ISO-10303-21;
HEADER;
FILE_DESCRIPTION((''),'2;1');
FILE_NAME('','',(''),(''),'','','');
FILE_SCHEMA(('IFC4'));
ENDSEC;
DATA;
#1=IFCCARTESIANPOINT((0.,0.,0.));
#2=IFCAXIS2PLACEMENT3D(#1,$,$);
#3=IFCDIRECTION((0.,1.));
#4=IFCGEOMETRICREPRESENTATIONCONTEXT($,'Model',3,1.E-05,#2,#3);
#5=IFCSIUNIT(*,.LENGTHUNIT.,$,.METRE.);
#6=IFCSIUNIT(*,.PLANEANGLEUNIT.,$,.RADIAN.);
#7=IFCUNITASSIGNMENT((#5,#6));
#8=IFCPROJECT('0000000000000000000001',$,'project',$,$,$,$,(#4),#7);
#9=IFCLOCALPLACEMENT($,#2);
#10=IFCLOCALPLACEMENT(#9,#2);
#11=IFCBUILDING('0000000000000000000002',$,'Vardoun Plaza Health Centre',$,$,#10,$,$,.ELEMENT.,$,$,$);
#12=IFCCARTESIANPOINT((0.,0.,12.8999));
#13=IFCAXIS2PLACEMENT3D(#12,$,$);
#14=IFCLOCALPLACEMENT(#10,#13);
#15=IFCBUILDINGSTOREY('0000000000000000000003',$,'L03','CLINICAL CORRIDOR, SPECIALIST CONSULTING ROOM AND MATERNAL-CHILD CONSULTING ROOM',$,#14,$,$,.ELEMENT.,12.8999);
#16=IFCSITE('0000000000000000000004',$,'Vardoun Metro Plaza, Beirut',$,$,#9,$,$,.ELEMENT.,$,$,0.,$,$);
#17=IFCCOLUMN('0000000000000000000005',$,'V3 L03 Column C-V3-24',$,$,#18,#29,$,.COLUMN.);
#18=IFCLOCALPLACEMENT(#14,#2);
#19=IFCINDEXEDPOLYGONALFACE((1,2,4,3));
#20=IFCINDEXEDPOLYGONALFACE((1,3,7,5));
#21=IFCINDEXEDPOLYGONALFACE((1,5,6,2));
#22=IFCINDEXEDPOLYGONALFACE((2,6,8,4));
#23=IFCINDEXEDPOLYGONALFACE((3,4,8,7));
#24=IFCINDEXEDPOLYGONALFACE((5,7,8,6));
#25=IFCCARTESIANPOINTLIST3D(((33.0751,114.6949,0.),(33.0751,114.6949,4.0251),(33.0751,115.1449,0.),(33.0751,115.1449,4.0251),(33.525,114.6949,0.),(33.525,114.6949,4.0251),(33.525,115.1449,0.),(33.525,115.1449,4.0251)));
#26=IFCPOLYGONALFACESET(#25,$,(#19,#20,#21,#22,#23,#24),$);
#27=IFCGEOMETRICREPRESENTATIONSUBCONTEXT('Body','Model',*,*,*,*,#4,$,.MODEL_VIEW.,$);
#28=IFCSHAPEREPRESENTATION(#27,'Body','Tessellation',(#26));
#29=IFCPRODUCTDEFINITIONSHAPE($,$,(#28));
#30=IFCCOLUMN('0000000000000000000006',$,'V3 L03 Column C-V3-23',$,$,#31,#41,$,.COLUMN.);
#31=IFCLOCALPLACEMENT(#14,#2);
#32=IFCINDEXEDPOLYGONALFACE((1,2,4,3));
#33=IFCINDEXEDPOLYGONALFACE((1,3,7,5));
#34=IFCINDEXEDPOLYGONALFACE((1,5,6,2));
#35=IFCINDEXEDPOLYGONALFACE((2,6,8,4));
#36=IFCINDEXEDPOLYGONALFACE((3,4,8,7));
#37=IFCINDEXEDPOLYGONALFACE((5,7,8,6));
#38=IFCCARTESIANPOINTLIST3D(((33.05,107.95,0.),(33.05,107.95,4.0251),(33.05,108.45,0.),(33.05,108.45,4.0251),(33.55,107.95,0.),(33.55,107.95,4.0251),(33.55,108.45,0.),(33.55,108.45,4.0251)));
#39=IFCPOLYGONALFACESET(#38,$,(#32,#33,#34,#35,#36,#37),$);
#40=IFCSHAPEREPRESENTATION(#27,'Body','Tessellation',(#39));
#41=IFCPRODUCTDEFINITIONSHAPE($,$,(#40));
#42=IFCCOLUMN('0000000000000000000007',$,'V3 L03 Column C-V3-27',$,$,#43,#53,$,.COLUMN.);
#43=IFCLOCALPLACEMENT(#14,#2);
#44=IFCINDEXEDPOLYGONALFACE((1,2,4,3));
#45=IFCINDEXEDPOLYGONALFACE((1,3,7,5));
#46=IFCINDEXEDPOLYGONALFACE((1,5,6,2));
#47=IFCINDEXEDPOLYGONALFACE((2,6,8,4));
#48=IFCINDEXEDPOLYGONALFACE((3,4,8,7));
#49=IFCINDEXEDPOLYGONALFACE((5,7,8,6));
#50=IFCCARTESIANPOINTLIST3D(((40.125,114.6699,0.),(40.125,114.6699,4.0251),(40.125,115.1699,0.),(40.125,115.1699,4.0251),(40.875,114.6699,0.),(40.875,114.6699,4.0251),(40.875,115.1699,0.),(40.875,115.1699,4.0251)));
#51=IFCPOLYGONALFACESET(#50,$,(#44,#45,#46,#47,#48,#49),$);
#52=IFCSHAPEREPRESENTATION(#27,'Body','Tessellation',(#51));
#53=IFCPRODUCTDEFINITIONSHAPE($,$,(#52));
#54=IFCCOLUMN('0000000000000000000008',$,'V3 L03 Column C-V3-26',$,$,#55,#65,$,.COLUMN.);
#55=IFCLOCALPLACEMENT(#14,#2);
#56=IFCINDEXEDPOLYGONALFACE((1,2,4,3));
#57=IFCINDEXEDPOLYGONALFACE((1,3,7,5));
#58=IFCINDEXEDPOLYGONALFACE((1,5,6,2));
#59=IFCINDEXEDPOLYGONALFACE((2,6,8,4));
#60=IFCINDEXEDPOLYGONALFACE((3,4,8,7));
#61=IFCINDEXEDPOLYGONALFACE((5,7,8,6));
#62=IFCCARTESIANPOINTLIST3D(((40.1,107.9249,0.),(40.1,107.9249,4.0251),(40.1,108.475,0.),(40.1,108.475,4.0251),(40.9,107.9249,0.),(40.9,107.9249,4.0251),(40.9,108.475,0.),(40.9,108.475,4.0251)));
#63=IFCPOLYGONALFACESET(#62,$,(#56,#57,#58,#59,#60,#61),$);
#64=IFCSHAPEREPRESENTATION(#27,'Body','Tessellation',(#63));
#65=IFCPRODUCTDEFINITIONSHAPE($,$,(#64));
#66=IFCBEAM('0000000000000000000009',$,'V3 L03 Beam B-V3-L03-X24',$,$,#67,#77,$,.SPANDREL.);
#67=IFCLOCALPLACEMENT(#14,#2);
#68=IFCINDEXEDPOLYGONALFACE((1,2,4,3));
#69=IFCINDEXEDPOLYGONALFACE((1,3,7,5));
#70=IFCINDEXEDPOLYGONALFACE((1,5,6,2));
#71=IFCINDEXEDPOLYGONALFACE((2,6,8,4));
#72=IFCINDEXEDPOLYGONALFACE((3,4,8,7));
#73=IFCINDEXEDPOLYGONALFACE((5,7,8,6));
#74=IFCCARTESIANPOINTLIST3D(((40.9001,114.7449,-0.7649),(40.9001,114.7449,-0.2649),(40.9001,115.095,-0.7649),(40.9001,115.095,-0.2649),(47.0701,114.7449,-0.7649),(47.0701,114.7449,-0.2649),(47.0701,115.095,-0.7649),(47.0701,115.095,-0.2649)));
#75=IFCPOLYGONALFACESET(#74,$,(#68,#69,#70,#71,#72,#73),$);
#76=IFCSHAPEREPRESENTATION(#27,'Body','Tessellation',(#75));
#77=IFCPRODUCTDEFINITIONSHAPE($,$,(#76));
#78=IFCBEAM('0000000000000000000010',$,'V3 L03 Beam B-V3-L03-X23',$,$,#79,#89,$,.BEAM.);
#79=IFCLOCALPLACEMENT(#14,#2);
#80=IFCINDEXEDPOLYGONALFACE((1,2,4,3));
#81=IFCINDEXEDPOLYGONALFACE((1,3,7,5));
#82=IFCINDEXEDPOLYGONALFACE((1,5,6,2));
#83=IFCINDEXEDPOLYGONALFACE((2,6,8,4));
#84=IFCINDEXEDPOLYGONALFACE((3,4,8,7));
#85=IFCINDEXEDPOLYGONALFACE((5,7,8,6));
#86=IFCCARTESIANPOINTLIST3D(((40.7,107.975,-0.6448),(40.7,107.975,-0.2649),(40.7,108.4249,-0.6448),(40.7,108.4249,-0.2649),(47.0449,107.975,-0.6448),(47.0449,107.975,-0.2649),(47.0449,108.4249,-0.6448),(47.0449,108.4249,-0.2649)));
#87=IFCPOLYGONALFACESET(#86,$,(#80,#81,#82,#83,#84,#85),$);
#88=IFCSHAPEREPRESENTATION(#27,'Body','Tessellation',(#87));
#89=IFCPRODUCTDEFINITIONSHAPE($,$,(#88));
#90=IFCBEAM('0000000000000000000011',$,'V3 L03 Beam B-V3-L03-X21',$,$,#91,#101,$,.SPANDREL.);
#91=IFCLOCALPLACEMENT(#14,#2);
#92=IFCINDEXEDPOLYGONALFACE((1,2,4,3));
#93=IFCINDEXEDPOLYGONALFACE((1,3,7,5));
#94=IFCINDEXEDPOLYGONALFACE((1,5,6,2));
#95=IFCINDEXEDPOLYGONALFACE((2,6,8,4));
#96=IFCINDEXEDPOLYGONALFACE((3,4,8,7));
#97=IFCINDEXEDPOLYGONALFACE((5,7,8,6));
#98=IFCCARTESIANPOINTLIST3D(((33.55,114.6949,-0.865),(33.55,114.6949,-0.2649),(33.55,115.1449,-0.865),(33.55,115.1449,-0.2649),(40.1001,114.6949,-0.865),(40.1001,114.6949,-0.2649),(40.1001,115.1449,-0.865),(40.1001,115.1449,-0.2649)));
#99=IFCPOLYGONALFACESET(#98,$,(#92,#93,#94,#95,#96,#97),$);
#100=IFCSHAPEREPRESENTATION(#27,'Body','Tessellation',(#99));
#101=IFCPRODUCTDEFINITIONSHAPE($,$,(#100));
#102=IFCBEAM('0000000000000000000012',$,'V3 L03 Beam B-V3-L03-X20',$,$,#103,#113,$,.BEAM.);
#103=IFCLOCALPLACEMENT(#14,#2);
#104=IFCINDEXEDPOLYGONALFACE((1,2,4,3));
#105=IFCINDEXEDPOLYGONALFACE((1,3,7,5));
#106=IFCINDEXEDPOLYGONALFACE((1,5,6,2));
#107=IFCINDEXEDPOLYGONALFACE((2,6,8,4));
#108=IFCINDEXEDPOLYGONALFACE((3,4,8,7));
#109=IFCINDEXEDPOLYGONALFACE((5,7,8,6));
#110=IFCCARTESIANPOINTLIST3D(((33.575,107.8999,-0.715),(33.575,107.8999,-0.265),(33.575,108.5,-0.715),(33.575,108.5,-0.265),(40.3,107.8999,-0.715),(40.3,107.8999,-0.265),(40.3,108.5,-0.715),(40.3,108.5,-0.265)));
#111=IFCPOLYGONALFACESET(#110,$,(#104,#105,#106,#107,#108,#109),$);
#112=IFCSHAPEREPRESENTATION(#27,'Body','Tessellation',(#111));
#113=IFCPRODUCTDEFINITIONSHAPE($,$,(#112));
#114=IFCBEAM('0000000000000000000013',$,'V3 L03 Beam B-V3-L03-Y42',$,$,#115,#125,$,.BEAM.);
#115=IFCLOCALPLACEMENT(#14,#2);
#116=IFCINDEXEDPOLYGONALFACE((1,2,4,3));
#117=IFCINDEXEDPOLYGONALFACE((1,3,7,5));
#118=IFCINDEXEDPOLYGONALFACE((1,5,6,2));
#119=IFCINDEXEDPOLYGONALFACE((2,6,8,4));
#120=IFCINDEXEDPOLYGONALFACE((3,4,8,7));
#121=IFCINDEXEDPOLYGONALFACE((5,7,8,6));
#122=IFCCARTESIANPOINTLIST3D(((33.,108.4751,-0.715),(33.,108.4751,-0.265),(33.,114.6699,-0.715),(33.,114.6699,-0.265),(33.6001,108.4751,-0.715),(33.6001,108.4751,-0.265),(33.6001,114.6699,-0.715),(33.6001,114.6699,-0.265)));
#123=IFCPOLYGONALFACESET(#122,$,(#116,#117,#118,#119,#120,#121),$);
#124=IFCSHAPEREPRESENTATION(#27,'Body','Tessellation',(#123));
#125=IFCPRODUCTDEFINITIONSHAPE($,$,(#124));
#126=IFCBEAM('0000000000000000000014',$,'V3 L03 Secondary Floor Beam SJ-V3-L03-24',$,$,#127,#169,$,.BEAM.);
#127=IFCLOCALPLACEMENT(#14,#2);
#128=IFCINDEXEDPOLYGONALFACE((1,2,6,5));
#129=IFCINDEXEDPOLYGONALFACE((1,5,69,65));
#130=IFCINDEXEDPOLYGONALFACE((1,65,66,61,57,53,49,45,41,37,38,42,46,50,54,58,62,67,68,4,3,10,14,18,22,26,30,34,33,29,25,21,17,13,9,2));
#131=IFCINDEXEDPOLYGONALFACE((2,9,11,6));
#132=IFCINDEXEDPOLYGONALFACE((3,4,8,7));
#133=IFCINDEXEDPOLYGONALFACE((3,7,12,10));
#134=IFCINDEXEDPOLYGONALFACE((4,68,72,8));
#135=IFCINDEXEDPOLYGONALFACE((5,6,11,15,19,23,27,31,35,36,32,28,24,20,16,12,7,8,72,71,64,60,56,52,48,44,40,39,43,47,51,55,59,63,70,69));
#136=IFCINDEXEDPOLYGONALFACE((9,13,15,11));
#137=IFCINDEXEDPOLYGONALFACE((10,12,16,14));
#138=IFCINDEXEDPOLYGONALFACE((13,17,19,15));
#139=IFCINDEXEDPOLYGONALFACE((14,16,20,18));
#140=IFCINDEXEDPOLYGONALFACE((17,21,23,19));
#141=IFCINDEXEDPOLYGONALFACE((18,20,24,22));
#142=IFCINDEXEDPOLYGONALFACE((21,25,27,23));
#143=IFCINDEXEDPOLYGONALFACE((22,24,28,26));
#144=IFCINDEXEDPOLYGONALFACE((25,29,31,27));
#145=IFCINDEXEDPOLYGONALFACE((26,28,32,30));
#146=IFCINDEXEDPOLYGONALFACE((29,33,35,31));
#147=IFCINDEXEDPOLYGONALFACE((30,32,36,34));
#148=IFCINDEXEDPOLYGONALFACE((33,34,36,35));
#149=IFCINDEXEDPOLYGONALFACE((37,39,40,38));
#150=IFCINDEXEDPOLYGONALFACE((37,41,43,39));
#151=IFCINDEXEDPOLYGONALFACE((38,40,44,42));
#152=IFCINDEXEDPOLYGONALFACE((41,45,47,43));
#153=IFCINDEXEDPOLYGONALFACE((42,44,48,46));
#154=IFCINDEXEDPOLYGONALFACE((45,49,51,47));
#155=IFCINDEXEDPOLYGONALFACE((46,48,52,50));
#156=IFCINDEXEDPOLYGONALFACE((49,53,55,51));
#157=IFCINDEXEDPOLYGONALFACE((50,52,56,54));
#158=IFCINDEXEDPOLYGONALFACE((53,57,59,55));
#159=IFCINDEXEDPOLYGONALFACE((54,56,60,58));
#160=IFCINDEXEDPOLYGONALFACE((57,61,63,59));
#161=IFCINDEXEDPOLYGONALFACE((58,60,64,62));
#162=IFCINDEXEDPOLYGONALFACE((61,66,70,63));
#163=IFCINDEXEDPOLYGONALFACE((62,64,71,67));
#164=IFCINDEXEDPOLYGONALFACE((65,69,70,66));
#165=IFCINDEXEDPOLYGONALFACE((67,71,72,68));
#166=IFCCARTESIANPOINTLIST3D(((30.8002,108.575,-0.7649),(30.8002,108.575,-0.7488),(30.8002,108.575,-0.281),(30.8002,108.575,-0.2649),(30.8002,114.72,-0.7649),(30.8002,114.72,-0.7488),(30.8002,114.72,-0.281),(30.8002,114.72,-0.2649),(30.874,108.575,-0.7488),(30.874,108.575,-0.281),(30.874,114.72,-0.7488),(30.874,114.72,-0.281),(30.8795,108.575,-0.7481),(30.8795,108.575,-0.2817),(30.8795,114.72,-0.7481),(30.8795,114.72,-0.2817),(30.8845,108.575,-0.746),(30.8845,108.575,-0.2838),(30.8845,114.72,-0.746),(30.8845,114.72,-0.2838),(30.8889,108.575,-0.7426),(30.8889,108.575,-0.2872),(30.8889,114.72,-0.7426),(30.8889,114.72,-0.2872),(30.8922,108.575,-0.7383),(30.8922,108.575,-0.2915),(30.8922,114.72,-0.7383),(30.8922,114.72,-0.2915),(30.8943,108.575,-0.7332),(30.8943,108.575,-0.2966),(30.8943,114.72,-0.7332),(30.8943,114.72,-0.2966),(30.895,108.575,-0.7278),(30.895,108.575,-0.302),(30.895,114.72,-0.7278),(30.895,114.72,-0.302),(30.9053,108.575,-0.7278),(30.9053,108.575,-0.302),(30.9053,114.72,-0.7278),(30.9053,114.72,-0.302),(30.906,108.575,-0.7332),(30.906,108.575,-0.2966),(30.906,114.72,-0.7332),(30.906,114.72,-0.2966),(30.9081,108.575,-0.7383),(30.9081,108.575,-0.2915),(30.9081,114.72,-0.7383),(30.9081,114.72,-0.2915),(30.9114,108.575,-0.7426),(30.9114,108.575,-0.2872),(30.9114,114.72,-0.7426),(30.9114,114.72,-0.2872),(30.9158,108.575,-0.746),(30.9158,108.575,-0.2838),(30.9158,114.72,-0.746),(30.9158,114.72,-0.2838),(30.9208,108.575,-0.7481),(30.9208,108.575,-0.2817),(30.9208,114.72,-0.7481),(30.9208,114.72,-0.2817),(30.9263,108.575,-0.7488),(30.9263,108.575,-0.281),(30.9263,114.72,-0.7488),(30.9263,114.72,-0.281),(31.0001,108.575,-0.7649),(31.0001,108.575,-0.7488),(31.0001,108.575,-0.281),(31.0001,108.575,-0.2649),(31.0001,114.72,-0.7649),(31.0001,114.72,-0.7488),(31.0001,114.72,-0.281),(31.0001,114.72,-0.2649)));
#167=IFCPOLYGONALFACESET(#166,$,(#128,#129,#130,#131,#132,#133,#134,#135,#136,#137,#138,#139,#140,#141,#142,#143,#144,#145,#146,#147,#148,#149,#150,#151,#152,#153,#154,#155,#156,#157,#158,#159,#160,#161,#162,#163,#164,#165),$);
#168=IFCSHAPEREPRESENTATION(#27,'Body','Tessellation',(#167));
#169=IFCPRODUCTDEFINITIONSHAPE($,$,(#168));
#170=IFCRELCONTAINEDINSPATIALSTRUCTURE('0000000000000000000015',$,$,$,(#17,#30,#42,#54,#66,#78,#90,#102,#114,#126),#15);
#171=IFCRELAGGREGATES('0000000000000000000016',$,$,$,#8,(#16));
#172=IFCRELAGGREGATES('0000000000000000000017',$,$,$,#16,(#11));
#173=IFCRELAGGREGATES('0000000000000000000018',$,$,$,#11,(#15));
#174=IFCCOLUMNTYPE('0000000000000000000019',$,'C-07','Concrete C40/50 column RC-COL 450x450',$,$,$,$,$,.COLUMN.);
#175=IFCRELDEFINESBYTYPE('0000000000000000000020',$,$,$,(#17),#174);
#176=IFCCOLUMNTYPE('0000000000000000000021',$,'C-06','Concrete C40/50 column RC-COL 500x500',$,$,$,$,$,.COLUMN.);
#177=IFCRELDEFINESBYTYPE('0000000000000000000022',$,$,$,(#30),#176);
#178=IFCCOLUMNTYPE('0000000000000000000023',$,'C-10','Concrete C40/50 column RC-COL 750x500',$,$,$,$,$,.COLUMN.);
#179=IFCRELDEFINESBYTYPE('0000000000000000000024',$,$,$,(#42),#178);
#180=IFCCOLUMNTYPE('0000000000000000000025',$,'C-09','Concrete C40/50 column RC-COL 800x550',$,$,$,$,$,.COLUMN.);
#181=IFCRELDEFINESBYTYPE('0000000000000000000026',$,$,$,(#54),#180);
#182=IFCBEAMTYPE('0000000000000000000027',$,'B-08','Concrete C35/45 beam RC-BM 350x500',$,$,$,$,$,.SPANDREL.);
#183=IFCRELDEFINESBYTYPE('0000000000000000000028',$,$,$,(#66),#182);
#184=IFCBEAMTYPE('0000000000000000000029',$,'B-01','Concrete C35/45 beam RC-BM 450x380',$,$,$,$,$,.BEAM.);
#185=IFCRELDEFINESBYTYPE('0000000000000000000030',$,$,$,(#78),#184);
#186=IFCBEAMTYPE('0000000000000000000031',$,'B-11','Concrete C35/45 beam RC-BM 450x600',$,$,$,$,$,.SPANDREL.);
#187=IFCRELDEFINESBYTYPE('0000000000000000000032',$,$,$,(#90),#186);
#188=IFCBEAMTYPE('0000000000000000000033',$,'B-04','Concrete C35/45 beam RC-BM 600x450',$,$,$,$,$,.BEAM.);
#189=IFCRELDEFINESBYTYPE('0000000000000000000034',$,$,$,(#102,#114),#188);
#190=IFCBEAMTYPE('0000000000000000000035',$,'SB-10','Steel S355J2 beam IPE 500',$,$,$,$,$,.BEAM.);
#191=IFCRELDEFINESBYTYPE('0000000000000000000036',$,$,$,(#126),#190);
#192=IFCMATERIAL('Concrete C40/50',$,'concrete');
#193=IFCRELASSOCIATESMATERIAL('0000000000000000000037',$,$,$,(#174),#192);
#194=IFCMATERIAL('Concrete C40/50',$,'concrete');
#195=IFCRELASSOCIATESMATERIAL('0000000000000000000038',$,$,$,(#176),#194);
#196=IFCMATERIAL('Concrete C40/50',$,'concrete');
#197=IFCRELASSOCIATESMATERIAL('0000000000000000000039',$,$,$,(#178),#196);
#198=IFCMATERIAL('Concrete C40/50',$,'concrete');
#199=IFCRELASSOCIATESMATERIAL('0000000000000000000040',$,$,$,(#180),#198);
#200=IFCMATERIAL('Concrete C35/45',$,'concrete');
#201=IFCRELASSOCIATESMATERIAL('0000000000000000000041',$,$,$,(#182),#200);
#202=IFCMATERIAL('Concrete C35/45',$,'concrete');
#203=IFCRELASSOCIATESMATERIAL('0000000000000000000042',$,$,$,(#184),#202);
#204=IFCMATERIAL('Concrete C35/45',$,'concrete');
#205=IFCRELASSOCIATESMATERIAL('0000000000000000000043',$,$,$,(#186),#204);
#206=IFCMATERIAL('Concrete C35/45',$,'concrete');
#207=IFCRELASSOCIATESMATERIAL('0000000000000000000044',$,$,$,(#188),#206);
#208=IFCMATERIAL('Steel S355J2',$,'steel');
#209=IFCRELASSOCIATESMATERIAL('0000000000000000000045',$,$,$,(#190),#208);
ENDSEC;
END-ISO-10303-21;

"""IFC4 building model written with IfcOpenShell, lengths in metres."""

from ifc_helpers import new_model, si_unit, direction, frame, origin, origin_2d, place, context, subcontext, project, spatial, rectangle, i_section, extrude, material, material_profile, profile_set, type_object, element, save


model = new_model("IFC4")

# Units and contexts
model_context = context("Model", 3, precision=1e-05, world=origin(), true_north=direction((0.0, 1.0)))
body_context = subcontext(model_context, "Body", "Model", "MODEL_VIEW")
ifc_project = project(units=[si_unit("LENGTHUNIT", "METRE"), si_unit("PLANEANGLEUNIT", "RADIAN")], contexts=[model_context])

# Site, building, storey
site_placement = place(None, origin())
site = spatial("IfcSite", under=ifc_project, at=site_placement, Name="Vardoun Metro Plaza, Beirut", CompositionType="ELEMENT", RefElevation=0.0)
building_placement = place(site_placement, origin())
building = spatial("IfcBuilding", under=site, at=building_placement, Name="Vardoun Plaza Health Centre", CompositionType="ELEMENT")
storey_placement = place(building_placement, frame((0.0, 0.0, 12.8999)))
storey = spatial("IfcBuildingStorey", under=building, at=storey_placement, Name="L03", Description="CLINICAL CORRIDOR, SPECIALIST CONSULTING ROOM AND MATERNAL-CHILD CONSULTING ROOM", CompositionType="ELEMENT", Elevation=12.8999)

# Columns
ifc_material_1 = material(Name="Concrete C40/50", Category="concrete")
ifc_material_profile_1 = material_profile(ifc_material_1, rectangle(XDim=0.45, YDim=0.45, at=origin_2d()), Name="RC-COL 450x450")
ifc_profile_set_1 = profile_set([ifc_material_profile_1], Name="Concrete C40/50")
column_type_1 = type_object("IfcColumnType", Name="C-07", Description="Concrete C40/50 column RC-COL 450x450", PredefinedType="COLUMN", material=ifc_profile_set_1)
column_1_placement = place(storey_placement, frame((33.3, 114.9199, 0.0), z_axis=(0.0, 0.0, 1.0), x_axis=(1.0, 0.0, 0.0)))
element("IfcColumn", 1, at=column_1_placement, inside=storey, type_object=column_type_1, Name="V3 L03 Column C-V3-24", PredefinedType="COLUMN", context=body_context, shape_type="SweptSolid", body=[
    extrude(rectangle(XDim=0.45, YDim=0.45, at=origin_2d()), origin(), (0.0, 0.0, 1.0), 4.0251),
])
ifc_material_2 = material(Name="Concrete C40/50", Category="concrete")
ifc_material_profile_2 = material_profile(ifc_material_2, rectangle(XDim=0.5, YDim=0.5, at=origin_2d()), Name="RC-COL 500x500")
ifc_profile_set_2 = profile_set([ifc_material_profile_2], Name="Concrete C40/50")
column_type_2 = type_object("IfcColumnType", Name="C-06", Description="Concrete C40/50 column RC-COL 500x500", PredefinedType="COLUMN", material=ifc_profile_set_2)
column_2_placement = place(storey_placement, frame((33.3, 108.2, 0.0), z_axis=(0.0, 0.0, 1.0), x_axis=(1.0, 0.0, 0.0)))
element("IfcColumn", 2, at=column_2_placement, inside=storey, type_object=column_type_2, Name="V3 L03 Column C-V3-23", PredefinedType="COLUMN", context=body_context, shape_type="SweptSolid", body=[
    extrude(rectangle(XDim=0.5, YDim=0.5, at=origin_2d()), origin(), (0.0, 0.0, 1.0), 4.0251),
])
ifc_material_3 = material(Name="Concrete C40/50", Category="concrete")
ifc_material_profile_3 = material_profile(ifc_material_3, rectangle(XDim=0.75, YDim=0.5, at=origin_2d()), Name="RC-COL 750x500")
ifc_profile_set_3 = profile_set([ifc_material_profile_3], Name="Concrete C40/50")
column_type_3 = type_object("IfcColumnType", Name="C-10", Description="Concrete C40/50 column RC-COL 750x500", PredefinedType="COLUMN", material=ifc_profile_set_3)
column_3_placement = place(storey_placement, frame((40.5, 114.9199, 0.0), z_axis=(0.0, 0.0, 1.0), x_axis=(1.0, 0.0, 0.0)))
element("IfcColumn", 3, at=column_3_placement, inside=storey, type_object=column_type_3, Name="V3 L03 Column C-V3-27", PredefinedType="COLUMN", context=body_context, shape_type="SweptSolid", body=[
    extrude(rectangle(XDim=0.75, YDim=0.5, at=origin_2d()), origin(), (0.0, 0.0, 1.0), 4.0251),
])
ifc_material_4 = material(Name="Concrete C40/50", Category="concrete")
ifc_material_profile_4 = material_profile(ifc_material_4, rectangle(XDim=0.8, YDim=0.55, at=origin_2d()), Name="RC-COL 800x550")
ifc_profile_set_4 = profile_set([ifc_material_profile_4], Name="Concrete C40/50")
column_type_4 = type_object("IfcColumnType", Name="C-09", Description="Concrete C40/50 column RC-COL 800x550", PredefinedType="COLUMN", material=ifc_profile_set_4)
column_4_placement = place(storey_placement, frame((40.5, 108.2, 0.0), z_axis=(0.0, 0.0, 1.0), x_axis=(1.0, 0.0, 0.0)))
element("IfcColumn", 4, at=column_4_placement, inside=storey, type_object=column_type_4, Name="V3 L03 Column C-V3-26", PredefinedType="COLUMN", context=body_context, shape_type="SweptSolid", body=[
    extrude(rectangle(XDim=0.8, YDim=0.55, at=origin_2d()), origin(), (0.0, 0.0, 1.0), 4.0251),
])

# Beams
ifc_material_5 = material(Name="Concrete C35/45", Category="concrete")
ifc_material_profile_5 = material_profile(ifc_material_5, rectangle(XDim=0.3501, YDim=0.5, at=origin_2d()), Name="RC-BM 350x500")
ifc_profile_set_5 = profile_set([ifc_material_profile_5], Name="Concrete C35/45")
beam_type_1 = type_object("IfcBeamType", Name="B-08", Description="Concrete C35/45 beam RC-BM 350x500", PredefinedType="SPANDREL", material=ifc_profile_set_5)
beam_1_placement = place(storey_placement, frame((40.9001, 114.9199, -0.5149), z_axis=(1.0, 0.0, 0.0), x_axis=(0.0, 1.0, 0.0)))
element("IfcBeam", 5, at=beam_1_placement, inside=storey, type_object=beam_type_1, Name="V3 L03 Beam B-V3-L03-X24", PredefinedType="SPANDREL", context=body_context, shape_type="SweptSolid", body=[
    extrude(rectangle(XDim=0.3501, YDim=0.5, at=origin_2d()), origin(), (0.0, 0.0, 1.0), 6.1699),
])
ifc_material_6 = material(Name="Concrete C35/45", Category="concrete")
ifc_material_profile_6 = material_profile(ifc_material_6, rectangle(XDim=0.45, YDim=0.3799, at=origin_2d()), Name="RC-BM 450x380")
ifc_profile_set_6 = profile_set([ifc_material_profile_6], Name="Concrete C35/45")
beam_type_2 = type_object("IfcBeamType", Name="B-01", Description="Concrete C35/45 beam RC-BM 450x380", PredefinedType="BEAM", material=ifc_profile_set_6)
beam_2_placement = place(storey_placement, frame((40.7, 108.2, -0.4548), z_axis=(1.0, 0.0, 0.0), x_axis=(0.0, 1.0, 0.0)))
element("IfcBeam", 6, at=beam_2_placement, inside=storey, type_object=beam_type_2, Name="V3 L03 Beam B-V3-L03-X23", PredefinedType="BEAM", context=body_context, shape_type="SweptSolid", body=[
    extrude(rectangle(XDim=0.45, YDim=0.3799, at=origin_2d()), origin(), (0.0, 0.0, 1.0), 6.345),
])
ifc_material_7 = material(Name="Concrete C35/45", Category="concrete")
ifc_material_profile_7 = material_profile(ifc_material_7, rectangle(XDim=0.45, YDim=0.6001, at=origin_2d()), Name="RC-BM 450x600")
ifc_profile_set_7 = profile_set([ifc_material_profile_7], Name="Concrete C35/45")
beam_type_3 = type_object("IfcBeamType", Name="B-11", Description="Concrete C35/45 beam RC-BM 450x600", PredefinedType="SPANDREL", material=ifc_profile_set_7)
beam_3_placement = place(storey_placement, frame((33.55, 114.9199, -0.5649), z_axis=(1.0, 0.0, 0.0), x_axis=(0.0, 1.0, 0.0)))
element("IfcBeam", 7, at=beam_3_placement, inside=storey, type_object=beam_type_3, Name="V3 L03 Beam B-V3-L03-X21", PredefinedType="SPANDREL", context=body_context, shape_type="SweptSolid", body=[
    extrude(rectangle(XDim=0.45, YDim=0.6001, at=origin_2d()), origin(), (0.0, 0.0, 1.0), 6.55),
])
ifc_material_8 = material(Name="Concrete C35/45", Category="concrete")
ifc_material_profile_8 = material_profile(ifc_material_8, rectangle(XDim=0.6001, YDim=0.45, at=origin_2d()), Name="RC-BM 600x450")
ifc_profile_set_8 = profile_set([ifc_material_profile_8], Name="Concrete C35/45")
beam_type_4 = type_object("IfcBeamType", Name="B-04", Description="Concrete C35/45 beam RC-BM 600x450", PredefinedType="BEAM", material=ifc_profile_set_8)
beam_4_placement = place(storey_placement, frame((33.575, 108.2, -0.49), z_axis=(1.0, 0.0, 0.0), x_axis=(0.0, 1.0, 0.0)))
element("IfcBeam", 8, at=beam_4_placement, inside=storey, type_object=beam_type_4, Name="V3 L03 Beam B-V3-L03-X20", PredefinedType="BEAM", context=body_context, shape_type="SweptSolid", body=[
    extrude(rectangle(XDim=0.6001, YDim=0.45, at=origin_2d()), origin(), (0.0, 0.0, 1.0), 6.7251),
])
beam_5_placement = place(storey_placement, frame((33.3, 108.4751, -0.49), z_axis=(0.0, 1.0, 0.0), x_axis=(-1.0, 0.0, 0.0)))
element("IfcBeam", 9, at=beam_5_placement, inside=storey, type_object=beam_type_4, Name="V3 L03 Beam B-V3-L03-Y42", PredefinedType="BEAM", context=body_context, shape_type="SweptSolid", body=[
    extrude(rectangle(XDim=0.6001, YDim=0.45, at=origin_2d()), origin(), (0.0, 0.0, 1.0), 6.1948),
])
ifc_material_9 = material(Name="Steel S355J2", Category="steel")
ifc_material_profile_9 = material_profile(ifc_material_9, i_section(OverallWidth=0.2, OverallDepth=0.5, WebThickness=0.0103, FlangeThickness=0.0161, FilletRadius=0.021, at=origin_2d()), Name="IPE 500")
ifc_profile_set_9 = profile_set([ifc_material_profile_9], Name="Steel S355J2")
beam_type_5 = type_object("IfcBeamType", Name="SB-10", Description="Steel S355J2 beam IPE 500", PredefinedType="BEAM", material=ifc_profile_set_9)
beam_6_placement = place(storey_placement, frame((30.9001, 108.575, -0.5149), z_axis=(0.0, 1.0, 0.0), x_axis=(-1.0, 0.0, 0.0)))
element("IfcBeam", 10, at=beam_6_placement, inside=storey, type_object=beam_type_5, Name="V3 L03 Secondary Floor Beam SJ-V3-L03-24", PredefinedType="BEAM", context=body_context, shape_type="SweptSolid", body=[
    extrude(i_section(OverallWidth=0.2, OverallDepth=0.5, WebThickness=0.0103, FlangeThickness=0.0161, FilletRadius=0.021, at=origin_2d()), origin(), (0.0, 0.0, 1.0), 6.145),
])

save(model, "model.ifc")
